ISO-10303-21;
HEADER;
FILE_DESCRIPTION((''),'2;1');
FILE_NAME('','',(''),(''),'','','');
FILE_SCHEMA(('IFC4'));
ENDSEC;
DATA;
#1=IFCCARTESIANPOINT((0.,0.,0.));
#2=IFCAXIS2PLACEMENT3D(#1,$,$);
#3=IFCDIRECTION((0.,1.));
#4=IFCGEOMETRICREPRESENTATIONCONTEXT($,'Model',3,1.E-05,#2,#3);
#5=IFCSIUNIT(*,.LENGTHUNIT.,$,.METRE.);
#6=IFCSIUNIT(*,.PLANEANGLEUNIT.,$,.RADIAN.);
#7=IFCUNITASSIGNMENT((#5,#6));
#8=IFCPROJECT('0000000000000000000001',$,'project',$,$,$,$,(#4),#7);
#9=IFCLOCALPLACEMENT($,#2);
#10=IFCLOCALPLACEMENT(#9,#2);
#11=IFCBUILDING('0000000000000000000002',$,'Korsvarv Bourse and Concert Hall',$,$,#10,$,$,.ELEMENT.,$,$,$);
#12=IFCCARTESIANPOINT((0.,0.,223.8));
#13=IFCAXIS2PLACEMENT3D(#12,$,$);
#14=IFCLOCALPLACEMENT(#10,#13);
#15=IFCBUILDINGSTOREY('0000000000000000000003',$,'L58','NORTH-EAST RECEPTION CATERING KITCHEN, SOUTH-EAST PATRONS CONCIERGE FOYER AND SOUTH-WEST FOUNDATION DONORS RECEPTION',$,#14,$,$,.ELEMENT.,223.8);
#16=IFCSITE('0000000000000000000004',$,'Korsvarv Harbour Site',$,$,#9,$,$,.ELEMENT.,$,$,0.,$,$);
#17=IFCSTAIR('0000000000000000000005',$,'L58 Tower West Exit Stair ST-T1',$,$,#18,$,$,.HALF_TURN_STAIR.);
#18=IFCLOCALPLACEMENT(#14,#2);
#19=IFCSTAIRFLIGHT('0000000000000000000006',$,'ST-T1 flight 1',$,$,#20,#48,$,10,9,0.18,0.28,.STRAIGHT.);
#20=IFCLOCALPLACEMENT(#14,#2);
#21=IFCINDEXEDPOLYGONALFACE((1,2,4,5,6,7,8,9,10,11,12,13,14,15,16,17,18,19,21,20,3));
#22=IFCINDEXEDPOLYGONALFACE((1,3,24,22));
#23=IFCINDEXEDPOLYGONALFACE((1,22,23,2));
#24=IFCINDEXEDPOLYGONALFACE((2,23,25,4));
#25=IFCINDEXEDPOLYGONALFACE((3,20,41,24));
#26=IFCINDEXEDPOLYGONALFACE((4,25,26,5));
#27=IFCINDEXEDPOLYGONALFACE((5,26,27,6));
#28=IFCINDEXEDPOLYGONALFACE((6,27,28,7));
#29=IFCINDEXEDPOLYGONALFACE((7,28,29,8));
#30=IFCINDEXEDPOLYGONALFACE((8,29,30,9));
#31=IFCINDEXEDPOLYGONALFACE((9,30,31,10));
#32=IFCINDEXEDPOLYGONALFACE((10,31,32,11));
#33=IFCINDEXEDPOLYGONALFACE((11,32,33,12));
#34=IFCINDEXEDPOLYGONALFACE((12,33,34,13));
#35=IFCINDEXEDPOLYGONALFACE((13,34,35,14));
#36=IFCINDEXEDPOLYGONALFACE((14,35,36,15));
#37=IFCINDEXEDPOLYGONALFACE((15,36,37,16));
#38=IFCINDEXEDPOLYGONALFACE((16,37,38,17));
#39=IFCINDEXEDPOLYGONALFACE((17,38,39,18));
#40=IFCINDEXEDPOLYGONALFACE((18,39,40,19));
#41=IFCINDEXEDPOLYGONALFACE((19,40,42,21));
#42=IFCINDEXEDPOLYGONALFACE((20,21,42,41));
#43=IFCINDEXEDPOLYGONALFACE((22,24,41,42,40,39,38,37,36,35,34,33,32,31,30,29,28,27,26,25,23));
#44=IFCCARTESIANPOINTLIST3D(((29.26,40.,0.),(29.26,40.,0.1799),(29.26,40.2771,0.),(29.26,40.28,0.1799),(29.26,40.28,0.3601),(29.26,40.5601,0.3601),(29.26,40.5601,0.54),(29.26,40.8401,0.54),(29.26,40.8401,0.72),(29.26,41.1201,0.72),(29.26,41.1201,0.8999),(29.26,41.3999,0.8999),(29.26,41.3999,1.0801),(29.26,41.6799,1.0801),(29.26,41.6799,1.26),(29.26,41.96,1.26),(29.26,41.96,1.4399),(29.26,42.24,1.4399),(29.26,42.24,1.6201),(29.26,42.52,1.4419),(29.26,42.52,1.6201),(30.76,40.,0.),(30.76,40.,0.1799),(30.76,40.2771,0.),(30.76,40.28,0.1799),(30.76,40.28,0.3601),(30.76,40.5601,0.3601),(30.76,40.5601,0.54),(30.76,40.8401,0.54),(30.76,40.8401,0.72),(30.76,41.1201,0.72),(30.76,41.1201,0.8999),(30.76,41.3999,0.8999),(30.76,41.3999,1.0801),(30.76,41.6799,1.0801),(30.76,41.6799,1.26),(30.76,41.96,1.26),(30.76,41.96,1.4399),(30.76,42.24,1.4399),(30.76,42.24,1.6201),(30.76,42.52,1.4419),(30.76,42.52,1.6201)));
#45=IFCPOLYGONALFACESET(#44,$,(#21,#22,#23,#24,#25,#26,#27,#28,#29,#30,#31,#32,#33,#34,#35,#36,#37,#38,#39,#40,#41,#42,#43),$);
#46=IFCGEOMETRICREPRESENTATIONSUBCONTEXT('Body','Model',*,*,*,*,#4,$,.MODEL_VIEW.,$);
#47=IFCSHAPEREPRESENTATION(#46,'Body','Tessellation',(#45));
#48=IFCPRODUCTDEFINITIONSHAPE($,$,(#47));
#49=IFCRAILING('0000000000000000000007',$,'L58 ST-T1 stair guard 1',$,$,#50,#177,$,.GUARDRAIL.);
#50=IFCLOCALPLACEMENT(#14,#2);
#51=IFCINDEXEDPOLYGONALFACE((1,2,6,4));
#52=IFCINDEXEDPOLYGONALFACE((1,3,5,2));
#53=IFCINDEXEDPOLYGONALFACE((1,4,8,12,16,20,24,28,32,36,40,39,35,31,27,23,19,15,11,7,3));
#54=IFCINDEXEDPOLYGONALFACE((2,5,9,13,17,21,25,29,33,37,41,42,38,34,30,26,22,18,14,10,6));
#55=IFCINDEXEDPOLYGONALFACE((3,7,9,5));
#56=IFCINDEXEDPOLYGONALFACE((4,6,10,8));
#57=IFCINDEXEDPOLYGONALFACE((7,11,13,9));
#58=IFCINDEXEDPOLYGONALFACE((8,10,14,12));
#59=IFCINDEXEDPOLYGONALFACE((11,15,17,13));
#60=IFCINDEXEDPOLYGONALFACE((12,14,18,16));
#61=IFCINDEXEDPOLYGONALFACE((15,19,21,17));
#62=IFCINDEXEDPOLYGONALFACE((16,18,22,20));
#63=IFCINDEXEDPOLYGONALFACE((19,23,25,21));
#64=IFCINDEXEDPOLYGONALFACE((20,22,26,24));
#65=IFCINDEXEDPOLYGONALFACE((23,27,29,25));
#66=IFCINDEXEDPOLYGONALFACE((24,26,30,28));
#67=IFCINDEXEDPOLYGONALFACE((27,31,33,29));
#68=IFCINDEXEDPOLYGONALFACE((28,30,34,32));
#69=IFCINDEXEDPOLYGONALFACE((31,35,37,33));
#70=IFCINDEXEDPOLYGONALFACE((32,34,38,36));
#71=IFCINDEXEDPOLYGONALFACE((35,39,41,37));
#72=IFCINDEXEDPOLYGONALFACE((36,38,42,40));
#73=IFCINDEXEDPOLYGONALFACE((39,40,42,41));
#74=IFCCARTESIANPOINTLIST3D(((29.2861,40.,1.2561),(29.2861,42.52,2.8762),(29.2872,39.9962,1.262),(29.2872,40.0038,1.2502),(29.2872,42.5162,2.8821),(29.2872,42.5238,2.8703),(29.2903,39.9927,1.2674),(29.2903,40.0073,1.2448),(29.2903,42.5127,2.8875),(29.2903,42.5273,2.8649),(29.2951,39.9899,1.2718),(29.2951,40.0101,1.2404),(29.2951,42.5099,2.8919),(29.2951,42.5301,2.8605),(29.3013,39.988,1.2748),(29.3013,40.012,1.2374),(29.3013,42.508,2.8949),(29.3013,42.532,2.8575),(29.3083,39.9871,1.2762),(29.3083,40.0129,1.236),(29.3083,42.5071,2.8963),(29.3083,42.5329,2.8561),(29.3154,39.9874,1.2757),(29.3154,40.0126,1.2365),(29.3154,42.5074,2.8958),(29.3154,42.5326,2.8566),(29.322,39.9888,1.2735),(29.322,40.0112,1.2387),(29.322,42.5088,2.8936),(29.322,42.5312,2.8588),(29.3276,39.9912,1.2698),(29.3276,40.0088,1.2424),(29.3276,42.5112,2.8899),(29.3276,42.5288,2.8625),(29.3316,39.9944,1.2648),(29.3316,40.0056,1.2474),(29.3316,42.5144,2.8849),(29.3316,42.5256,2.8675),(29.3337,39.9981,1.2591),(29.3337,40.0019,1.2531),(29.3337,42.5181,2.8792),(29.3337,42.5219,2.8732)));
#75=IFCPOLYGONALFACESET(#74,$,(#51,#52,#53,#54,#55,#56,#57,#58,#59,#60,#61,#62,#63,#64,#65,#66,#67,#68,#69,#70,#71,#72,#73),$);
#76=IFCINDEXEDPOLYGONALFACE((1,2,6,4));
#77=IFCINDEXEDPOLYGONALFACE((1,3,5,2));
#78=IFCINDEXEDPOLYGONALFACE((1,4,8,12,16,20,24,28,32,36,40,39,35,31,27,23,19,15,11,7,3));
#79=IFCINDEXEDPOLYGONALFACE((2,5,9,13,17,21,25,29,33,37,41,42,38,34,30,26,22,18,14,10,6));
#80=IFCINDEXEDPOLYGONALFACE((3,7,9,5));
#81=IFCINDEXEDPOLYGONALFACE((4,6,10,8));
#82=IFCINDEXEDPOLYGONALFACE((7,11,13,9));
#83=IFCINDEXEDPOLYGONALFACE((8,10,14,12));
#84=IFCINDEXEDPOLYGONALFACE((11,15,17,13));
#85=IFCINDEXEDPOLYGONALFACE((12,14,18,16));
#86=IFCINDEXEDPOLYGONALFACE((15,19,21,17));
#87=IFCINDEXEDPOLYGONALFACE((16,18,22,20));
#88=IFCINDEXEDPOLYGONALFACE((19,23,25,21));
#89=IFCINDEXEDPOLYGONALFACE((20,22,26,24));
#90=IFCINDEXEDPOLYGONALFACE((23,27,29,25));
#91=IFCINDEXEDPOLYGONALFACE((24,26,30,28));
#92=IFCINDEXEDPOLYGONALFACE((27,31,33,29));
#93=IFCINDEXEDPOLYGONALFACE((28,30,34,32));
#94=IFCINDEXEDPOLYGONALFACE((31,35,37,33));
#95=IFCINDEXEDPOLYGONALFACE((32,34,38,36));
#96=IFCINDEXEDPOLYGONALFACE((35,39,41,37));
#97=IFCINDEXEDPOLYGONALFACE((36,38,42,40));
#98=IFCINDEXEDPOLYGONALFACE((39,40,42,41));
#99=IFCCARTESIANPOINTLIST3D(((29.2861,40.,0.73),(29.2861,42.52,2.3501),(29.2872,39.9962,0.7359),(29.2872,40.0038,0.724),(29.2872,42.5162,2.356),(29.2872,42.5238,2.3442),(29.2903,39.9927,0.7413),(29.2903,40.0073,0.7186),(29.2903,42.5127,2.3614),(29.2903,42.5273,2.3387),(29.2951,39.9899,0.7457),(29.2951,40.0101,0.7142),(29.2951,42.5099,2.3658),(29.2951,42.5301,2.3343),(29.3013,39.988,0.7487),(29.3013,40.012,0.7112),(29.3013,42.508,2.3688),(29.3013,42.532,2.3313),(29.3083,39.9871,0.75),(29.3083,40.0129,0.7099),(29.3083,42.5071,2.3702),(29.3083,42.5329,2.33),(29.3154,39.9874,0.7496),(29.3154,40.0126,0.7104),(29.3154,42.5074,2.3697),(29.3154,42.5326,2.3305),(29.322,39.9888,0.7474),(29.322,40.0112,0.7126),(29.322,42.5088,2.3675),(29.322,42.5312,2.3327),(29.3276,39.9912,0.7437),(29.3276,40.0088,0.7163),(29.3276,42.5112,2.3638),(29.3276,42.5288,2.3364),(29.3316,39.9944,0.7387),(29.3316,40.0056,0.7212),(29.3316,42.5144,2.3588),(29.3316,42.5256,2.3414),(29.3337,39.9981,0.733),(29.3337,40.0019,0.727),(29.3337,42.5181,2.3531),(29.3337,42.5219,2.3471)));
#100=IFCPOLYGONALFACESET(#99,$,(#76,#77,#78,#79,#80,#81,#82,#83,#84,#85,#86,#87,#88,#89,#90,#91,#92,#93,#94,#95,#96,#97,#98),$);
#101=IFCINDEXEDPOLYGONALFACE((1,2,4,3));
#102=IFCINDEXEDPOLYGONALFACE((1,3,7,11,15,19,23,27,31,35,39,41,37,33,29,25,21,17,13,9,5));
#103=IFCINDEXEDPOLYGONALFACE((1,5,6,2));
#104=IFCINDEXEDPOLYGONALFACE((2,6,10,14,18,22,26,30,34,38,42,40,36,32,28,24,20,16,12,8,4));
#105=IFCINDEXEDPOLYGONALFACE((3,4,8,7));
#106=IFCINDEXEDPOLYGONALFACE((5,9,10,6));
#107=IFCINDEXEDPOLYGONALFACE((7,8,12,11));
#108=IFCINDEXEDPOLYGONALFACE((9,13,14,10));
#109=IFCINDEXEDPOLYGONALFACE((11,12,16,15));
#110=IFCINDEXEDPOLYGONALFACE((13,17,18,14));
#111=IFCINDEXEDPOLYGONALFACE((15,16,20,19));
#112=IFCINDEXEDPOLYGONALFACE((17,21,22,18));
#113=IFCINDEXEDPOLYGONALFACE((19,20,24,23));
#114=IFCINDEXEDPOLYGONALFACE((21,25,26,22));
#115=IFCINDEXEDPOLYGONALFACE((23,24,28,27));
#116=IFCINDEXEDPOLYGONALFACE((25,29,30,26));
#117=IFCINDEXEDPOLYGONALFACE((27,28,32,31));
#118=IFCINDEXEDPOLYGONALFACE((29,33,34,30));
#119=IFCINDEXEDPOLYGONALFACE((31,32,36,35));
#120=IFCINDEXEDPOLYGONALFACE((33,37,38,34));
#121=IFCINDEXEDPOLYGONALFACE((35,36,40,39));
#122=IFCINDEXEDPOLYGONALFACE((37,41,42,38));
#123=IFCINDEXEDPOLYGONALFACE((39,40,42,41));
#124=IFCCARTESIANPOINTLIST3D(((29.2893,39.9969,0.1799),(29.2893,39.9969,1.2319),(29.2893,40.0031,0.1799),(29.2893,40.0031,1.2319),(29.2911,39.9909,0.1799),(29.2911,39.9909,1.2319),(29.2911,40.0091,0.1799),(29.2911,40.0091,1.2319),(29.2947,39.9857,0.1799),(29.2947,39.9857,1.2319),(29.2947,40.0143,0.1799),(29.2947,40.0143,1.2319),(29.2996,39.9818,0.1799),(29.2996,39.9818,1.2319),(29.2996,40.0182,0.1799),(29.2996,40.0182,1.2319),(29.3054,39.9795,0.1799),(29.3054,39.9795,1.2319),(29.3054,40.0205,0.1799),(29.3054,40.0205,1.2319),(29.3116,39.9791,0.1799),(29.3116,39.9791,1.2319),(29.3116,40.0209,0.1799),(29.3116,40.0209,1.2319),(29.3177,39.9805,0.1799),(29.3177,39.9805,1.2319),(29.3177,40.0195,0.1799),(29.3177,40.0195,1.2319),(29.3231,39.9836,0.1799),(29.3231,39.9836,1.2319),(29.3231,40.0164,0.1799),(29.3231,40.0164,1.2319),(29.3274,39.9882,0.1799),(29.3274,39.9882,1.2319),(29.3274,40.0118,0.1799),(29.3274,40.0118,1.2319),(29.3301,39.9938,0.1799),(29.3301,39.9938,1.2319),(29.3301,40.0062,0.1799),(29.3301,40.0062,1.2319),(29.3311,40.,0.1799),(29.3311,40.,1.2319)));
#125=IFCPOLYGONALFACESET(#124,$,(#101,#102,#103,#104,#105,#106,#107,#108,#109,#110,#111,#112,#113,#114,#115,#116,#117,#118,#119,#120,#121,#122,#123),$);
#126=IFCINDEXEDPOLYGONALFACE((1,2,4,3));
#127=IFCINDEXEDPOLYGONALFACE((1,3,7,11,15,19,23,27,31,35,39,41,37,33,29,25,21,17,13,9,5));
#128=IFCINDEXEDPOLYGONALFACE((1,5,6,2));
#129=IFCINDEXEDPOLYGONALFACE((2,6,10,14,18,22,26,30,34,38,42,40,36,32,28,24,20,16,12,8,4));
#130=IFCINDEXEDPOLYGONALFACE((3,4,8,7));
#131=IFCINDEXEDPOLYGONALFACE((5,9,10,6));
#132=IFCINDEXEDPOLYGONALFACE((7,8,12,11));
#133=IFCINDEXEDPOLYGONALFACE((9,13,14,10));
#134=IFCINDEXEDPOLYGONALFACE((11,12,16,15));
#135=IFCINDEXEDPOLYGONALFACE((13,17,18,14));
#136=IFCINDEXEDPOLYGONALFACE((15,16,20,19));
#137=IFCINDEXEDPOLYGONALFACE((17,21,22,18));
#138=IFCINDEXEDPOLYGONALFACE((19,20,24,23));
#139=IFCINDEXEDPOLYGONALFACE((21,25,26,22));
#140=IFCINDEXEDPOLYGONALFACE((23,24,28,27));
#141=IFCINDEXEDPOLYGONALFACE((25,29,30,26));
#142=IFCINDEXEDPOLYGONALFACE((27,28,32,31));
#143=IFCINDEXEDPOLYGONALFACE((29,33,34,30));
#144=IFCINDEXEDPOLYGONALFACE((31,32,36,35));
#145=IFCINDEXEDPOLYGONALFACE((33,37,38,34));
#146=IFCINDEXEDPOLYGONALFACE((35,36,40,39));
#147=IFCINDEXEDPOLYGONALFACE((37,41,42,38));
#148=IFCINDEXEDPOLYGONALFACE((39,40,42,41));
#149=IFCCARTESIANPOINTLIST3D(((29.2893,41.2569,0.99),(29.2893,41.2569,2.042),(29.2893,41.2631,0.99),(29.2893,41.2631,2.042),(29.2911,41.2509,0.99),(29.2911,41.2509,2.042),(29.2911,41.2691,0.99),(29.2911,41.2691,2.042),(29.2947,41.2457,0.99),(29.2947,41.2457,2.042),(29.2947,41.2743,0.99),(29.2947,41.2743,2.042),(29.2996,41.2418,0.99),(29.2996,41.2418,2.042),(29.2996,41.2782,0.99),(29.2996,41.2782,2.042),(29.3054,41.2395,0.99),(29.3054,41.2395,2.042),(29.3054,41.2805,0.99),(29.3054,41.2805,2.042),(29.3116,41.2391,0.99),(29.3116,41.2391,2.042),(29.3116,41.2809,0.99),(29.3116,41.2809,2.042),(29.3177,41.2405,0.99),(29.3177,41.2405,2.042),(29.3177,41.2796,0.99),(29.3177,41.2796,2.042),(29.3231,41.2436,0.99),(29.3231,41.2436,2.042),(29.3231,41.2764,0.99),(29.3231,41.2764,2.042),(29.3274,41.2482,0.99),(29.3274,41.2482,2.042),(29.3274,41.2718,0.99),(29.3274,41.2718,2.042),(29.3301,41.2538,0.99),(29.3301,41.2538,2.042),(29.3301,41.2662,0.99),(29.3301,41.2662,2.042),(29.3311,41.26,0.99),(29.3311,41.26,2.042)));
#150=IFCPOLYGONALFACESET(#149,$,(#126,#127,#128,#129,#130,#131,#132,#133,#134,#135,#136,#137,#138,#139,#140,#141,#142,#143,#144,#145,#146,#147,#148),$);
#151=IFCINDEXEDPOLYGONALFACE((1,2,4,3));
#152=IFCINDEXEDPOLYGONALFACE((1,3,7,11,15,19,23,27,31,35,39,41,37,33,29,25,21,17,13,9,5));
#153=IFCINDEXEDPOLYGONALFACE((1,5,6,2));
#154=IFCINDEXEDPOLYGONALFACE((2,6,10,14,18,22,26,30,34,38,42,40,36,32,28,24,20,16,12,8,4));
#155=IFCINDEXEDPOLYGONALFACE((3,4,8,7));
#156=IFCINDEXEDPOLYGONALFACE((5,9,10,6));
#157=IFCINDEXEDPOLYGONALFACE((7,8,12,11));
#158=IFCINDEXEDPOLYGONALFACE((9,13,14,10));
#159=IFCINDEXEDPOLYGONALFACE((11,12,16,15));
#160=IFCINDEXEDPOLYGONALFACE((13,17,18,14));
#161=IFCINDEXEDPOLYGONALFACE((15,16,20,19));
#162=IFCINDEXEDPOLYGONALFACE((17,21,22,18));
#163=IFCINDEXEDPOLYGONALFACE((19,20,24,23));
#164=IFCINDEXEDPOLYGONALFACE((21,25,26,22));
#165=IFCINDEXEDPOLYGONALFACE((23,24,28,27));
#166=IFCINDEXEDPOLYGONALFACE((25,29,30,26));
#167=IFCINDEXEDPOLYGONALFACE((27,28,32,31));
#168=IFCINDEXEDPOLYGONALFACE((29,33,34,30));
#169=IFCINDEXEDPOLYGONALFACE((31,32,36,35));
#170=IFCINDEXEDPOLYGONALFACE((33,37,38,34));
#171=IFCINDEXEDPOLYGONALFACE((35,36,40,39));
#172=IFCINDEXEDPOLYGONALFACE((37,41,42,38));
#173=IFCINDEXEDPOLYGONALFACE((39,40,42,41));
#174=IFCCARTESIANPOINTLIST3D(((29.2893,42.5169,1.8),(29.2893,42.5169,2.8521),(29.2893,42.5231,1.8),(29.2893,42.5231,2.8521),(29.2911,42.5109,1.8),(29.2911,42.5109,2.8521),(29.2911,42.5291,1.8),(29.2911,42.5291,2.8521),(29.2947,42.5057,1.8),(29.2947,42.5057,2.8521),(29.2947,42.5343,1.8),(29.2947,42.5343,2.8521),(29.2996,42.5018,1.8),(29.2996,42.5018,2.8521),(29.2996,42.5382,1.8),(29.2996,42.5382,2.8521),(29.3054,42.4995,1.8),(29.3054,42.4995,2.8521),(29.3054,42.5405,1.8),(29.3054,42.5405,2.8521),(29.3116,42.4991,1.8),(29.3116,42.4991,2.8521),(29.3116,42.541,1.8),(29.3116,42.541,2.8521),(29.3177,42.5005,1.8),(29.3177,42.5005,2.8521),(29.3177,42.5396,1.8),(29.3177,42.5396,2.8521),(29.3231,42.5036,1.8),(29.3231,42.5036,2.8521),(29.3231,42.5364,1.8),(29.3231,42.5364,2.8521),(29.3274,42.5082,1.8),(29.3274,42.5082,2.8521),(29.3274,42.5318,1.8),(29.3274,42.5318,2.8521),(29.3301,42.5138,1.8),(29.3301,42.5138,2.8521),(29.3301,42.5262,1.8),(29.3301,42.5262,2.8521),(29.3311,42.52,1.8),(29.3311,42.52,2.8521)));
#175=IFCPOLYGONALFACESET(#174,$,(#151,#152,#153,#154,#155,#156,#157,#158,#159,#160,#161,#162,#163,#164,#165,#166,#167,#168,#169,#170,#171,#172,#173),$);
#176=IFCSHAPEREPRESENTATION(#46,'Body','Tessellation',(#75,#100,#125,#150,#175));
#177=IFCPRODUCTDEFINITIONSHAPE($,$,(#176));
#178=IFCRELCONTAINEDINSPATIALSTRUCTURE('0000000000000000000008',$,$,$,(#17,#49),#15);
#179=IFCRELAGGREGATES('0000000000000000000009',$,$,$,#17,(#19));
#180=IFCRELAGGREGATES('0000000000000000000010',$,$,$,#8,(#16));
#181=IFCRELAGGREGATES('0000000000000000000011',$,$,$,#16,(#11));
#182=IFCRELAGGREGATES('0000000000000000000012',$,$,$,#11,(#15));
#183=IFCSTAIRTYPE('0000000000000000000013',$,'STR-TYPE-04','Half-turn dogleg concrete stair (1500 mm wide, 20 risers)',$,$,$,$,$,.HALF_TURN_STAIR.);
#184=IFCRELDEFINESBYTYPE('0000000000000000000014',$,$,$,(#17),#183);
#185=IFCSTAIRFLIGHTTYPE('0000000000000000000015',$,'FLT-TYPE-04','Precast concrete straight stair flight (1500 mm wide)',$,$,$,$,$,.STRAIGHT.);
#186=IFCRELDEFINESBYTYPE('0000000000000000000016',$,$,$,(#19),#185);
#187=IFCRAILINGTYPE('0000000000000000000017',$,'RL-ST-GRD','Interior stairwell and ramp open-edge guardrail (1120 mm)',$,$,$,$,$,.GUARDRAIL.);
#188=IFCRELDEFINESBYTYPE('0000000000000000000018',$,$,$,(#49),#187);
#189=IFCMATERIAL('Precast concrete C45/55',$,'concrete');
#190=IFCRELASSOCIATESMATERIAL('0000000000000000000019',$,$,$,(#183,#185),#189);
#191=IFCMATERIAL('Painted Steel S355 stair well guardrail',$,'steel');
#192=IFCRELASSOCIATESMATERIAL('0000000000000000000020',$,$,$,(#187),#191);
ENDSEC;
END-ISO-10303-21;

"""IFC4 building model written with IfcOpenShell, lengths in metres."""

from ifc_helpers import new_model, si_unit, direction, frame, origin, origin_2d, place, context, subcontext, project, spatial, polyline, circle, outline, extrude, material, type_object, element, aggregate, save


model = new_model("IFC4")

# Units and contexts
model_context = context("Model", 3, precision=1e-05, world=origin(), true_north=direction((0.0, 1.0)))
body_context = subcontext(model_context, "Body", "Model", "MODEL_VIEW")
ifc_project = project(units=[si_unit("LENGTHUNIT", "METRE"), si_unit("PLANEANGLEUNIT", "RADIAN")], contexts=[model_context])

# Site, building, storey
site_placement = place(None, origin())
site = spatial("IfcSite", under=ifc_project, at=site_placement, Name="Korsvarv Harbour Site", CompositionType="ELEMENT", RefElevation=0.0)
building_placement = place(site_placement, origin())
building = spatial("IfcBuilding", under=site, at=building_placement, Name="Korsvarv Bourse and Concert Hall", CompositionType="ELEMENT")
storey_placement = place(building_placement, frame((0.0, 0.0, 223.8)))
storey = spatial("IfcBuildingStorey", under=building, at=storey_placement, Name="L58", Description="NORTH-EAST RECEPTION CATERING KITCHEN, SOUTH-EAST PATRONS CONCIERGE FOYER AND SOUTH-WEST FOUNDATION DONORS RECEPTION", CompositionType="ELEMENT", Elevation=223.8)

# Stair, stair flight
ifc_material_1 = material(Name="Precast concrete C45/55", Category="concrete")
stair_type = type_object("IfcStairType", Name="STR-TYPE-04", Description="Half-turn dogleg concrete stair (1500 mm wide, 20 risers)", PredefinedType="HALF_TURN_STAIR", material=ifc_material_1)
stair_placement = place(storey_placement, origin())
stair = element("IfcStair", 1, at=stair_placement, inside=storey, type_object=stair_type, Name="L58 Tower West Exit Stair ST-T1", PredefinedType="HALF_TURN_STAIR")
stair_flight_type = type_object("IfcStairFlightType", Name="FLT-TYPE-04", Description="Precast concrete straight stair flight (1500 mm wide)", PredefinedType="STRAIGHT", material=ifc_material_1)
stair_flight_placement = place(storey_placement, frame((30.01, 40.0, 0.0), z_axis=(0.0, 0.0, 1.0), x_axis=(0.0, 1.0, 0.0)))
stair_flight = element("IfcStairFlight", 2, at=stair_flight_placement, type_object=stair_flight_type, Name="ST-T1 flight 1", NumberOfRisers=10, NumberOfTreads=9, PredefinedType="STRAIGHT", RiserHeight=0.18, TreadLength=0.28, context=body_context, shape_type="SweptSolid", body=[
    extrude(outline(polyline([(0.0, 0.0), (0.0, 0.1799), (0.28, 0.1799), (0.28, 0.3601), (0.5601, 0.3601), (0.5601, 0.54), (0.8401, 0.54), (0.8401, 0.72), (1.1201, 0.72), (1.1201, 0.8999), (1.3999, 0.8999), (1.3999, 1.0801), (1.6799, 1.0801), (1.6799, 1.26), (1.96, 1.26), (1.96, 1.4399), (2.24, 1.4399), (2.24, 1.6201), (2.52, 1.6201), (2.52, 1.8), (2.52, 1.4419), (0.2771, 0.0), (0.0, 0.0)])), frame((0.0, 0.75, 0.0), z_axis=(0.0, -1.0, 0.0), x_axis=(1.0, 0.0, 0.0)), (0.0, 0.0, 1.0), 1.5),
])
aggregate(stair, [stair_flight])

# Railing
ifc_material_2 = material(Name="Painted Steel S355 stair well guardrail", Category="steel")
railing_type_1 = type_object("IfcRailingType", Name="RL-ST-GRD", Description="Interior stairwell and ramp open-edge guardrail (1120 mm)", PredefinedType="GUARDRAIL", material=ifc_material_2)
railing_1_placement = place(storey_placement, frame((29.3101, 40.0, 0.1799)))
element("IfcRailing", 3, at=railing_1_placement, inside=storey, type_object=railing_type_1, Name="L58 ST-T1 stair guard 1", PredefinedType="GUARDRAIL", context=body_context, shape_type="SweptSolid", body=[
    extrude(circle(Radius=0.0239, at=origin_2d()), frame((0.0, 0.0, 1.0762), z_axis=(0.0, 0.841163, 0.540782), x_axis=(-1.0, 0.0, 0.0)), (0.0, 0.0, 1.0), 2.9958),
    extrude(circle(Radius=0.0239, at=origin_2d()), frame((0.0, 0.0, 0.55), z_axis=(0.0, 0.841163, 0.540782), x_axis=(-1.0, 0.0, 0.0)), (0.0, 0.0, 1.0), 2.9958),
    extrude(circle(Radius=0.021, at=origin_2d()), origin(), (0.0, 0.0, 1.0), 1.052),
    extrude(circle(Radius=0.021, at=origin_2d()), frame((0.0, 1.26, 0.8101)), (0.0, 0.0, 1.0), 1.052),
    extrude(circle(Radius=0.021, at=origin_2d()), frame((0.0, 2.52, 1.6201)), (0.0, 0.0, 1.0), 1.052),
])

save(model, "model.ifc")
